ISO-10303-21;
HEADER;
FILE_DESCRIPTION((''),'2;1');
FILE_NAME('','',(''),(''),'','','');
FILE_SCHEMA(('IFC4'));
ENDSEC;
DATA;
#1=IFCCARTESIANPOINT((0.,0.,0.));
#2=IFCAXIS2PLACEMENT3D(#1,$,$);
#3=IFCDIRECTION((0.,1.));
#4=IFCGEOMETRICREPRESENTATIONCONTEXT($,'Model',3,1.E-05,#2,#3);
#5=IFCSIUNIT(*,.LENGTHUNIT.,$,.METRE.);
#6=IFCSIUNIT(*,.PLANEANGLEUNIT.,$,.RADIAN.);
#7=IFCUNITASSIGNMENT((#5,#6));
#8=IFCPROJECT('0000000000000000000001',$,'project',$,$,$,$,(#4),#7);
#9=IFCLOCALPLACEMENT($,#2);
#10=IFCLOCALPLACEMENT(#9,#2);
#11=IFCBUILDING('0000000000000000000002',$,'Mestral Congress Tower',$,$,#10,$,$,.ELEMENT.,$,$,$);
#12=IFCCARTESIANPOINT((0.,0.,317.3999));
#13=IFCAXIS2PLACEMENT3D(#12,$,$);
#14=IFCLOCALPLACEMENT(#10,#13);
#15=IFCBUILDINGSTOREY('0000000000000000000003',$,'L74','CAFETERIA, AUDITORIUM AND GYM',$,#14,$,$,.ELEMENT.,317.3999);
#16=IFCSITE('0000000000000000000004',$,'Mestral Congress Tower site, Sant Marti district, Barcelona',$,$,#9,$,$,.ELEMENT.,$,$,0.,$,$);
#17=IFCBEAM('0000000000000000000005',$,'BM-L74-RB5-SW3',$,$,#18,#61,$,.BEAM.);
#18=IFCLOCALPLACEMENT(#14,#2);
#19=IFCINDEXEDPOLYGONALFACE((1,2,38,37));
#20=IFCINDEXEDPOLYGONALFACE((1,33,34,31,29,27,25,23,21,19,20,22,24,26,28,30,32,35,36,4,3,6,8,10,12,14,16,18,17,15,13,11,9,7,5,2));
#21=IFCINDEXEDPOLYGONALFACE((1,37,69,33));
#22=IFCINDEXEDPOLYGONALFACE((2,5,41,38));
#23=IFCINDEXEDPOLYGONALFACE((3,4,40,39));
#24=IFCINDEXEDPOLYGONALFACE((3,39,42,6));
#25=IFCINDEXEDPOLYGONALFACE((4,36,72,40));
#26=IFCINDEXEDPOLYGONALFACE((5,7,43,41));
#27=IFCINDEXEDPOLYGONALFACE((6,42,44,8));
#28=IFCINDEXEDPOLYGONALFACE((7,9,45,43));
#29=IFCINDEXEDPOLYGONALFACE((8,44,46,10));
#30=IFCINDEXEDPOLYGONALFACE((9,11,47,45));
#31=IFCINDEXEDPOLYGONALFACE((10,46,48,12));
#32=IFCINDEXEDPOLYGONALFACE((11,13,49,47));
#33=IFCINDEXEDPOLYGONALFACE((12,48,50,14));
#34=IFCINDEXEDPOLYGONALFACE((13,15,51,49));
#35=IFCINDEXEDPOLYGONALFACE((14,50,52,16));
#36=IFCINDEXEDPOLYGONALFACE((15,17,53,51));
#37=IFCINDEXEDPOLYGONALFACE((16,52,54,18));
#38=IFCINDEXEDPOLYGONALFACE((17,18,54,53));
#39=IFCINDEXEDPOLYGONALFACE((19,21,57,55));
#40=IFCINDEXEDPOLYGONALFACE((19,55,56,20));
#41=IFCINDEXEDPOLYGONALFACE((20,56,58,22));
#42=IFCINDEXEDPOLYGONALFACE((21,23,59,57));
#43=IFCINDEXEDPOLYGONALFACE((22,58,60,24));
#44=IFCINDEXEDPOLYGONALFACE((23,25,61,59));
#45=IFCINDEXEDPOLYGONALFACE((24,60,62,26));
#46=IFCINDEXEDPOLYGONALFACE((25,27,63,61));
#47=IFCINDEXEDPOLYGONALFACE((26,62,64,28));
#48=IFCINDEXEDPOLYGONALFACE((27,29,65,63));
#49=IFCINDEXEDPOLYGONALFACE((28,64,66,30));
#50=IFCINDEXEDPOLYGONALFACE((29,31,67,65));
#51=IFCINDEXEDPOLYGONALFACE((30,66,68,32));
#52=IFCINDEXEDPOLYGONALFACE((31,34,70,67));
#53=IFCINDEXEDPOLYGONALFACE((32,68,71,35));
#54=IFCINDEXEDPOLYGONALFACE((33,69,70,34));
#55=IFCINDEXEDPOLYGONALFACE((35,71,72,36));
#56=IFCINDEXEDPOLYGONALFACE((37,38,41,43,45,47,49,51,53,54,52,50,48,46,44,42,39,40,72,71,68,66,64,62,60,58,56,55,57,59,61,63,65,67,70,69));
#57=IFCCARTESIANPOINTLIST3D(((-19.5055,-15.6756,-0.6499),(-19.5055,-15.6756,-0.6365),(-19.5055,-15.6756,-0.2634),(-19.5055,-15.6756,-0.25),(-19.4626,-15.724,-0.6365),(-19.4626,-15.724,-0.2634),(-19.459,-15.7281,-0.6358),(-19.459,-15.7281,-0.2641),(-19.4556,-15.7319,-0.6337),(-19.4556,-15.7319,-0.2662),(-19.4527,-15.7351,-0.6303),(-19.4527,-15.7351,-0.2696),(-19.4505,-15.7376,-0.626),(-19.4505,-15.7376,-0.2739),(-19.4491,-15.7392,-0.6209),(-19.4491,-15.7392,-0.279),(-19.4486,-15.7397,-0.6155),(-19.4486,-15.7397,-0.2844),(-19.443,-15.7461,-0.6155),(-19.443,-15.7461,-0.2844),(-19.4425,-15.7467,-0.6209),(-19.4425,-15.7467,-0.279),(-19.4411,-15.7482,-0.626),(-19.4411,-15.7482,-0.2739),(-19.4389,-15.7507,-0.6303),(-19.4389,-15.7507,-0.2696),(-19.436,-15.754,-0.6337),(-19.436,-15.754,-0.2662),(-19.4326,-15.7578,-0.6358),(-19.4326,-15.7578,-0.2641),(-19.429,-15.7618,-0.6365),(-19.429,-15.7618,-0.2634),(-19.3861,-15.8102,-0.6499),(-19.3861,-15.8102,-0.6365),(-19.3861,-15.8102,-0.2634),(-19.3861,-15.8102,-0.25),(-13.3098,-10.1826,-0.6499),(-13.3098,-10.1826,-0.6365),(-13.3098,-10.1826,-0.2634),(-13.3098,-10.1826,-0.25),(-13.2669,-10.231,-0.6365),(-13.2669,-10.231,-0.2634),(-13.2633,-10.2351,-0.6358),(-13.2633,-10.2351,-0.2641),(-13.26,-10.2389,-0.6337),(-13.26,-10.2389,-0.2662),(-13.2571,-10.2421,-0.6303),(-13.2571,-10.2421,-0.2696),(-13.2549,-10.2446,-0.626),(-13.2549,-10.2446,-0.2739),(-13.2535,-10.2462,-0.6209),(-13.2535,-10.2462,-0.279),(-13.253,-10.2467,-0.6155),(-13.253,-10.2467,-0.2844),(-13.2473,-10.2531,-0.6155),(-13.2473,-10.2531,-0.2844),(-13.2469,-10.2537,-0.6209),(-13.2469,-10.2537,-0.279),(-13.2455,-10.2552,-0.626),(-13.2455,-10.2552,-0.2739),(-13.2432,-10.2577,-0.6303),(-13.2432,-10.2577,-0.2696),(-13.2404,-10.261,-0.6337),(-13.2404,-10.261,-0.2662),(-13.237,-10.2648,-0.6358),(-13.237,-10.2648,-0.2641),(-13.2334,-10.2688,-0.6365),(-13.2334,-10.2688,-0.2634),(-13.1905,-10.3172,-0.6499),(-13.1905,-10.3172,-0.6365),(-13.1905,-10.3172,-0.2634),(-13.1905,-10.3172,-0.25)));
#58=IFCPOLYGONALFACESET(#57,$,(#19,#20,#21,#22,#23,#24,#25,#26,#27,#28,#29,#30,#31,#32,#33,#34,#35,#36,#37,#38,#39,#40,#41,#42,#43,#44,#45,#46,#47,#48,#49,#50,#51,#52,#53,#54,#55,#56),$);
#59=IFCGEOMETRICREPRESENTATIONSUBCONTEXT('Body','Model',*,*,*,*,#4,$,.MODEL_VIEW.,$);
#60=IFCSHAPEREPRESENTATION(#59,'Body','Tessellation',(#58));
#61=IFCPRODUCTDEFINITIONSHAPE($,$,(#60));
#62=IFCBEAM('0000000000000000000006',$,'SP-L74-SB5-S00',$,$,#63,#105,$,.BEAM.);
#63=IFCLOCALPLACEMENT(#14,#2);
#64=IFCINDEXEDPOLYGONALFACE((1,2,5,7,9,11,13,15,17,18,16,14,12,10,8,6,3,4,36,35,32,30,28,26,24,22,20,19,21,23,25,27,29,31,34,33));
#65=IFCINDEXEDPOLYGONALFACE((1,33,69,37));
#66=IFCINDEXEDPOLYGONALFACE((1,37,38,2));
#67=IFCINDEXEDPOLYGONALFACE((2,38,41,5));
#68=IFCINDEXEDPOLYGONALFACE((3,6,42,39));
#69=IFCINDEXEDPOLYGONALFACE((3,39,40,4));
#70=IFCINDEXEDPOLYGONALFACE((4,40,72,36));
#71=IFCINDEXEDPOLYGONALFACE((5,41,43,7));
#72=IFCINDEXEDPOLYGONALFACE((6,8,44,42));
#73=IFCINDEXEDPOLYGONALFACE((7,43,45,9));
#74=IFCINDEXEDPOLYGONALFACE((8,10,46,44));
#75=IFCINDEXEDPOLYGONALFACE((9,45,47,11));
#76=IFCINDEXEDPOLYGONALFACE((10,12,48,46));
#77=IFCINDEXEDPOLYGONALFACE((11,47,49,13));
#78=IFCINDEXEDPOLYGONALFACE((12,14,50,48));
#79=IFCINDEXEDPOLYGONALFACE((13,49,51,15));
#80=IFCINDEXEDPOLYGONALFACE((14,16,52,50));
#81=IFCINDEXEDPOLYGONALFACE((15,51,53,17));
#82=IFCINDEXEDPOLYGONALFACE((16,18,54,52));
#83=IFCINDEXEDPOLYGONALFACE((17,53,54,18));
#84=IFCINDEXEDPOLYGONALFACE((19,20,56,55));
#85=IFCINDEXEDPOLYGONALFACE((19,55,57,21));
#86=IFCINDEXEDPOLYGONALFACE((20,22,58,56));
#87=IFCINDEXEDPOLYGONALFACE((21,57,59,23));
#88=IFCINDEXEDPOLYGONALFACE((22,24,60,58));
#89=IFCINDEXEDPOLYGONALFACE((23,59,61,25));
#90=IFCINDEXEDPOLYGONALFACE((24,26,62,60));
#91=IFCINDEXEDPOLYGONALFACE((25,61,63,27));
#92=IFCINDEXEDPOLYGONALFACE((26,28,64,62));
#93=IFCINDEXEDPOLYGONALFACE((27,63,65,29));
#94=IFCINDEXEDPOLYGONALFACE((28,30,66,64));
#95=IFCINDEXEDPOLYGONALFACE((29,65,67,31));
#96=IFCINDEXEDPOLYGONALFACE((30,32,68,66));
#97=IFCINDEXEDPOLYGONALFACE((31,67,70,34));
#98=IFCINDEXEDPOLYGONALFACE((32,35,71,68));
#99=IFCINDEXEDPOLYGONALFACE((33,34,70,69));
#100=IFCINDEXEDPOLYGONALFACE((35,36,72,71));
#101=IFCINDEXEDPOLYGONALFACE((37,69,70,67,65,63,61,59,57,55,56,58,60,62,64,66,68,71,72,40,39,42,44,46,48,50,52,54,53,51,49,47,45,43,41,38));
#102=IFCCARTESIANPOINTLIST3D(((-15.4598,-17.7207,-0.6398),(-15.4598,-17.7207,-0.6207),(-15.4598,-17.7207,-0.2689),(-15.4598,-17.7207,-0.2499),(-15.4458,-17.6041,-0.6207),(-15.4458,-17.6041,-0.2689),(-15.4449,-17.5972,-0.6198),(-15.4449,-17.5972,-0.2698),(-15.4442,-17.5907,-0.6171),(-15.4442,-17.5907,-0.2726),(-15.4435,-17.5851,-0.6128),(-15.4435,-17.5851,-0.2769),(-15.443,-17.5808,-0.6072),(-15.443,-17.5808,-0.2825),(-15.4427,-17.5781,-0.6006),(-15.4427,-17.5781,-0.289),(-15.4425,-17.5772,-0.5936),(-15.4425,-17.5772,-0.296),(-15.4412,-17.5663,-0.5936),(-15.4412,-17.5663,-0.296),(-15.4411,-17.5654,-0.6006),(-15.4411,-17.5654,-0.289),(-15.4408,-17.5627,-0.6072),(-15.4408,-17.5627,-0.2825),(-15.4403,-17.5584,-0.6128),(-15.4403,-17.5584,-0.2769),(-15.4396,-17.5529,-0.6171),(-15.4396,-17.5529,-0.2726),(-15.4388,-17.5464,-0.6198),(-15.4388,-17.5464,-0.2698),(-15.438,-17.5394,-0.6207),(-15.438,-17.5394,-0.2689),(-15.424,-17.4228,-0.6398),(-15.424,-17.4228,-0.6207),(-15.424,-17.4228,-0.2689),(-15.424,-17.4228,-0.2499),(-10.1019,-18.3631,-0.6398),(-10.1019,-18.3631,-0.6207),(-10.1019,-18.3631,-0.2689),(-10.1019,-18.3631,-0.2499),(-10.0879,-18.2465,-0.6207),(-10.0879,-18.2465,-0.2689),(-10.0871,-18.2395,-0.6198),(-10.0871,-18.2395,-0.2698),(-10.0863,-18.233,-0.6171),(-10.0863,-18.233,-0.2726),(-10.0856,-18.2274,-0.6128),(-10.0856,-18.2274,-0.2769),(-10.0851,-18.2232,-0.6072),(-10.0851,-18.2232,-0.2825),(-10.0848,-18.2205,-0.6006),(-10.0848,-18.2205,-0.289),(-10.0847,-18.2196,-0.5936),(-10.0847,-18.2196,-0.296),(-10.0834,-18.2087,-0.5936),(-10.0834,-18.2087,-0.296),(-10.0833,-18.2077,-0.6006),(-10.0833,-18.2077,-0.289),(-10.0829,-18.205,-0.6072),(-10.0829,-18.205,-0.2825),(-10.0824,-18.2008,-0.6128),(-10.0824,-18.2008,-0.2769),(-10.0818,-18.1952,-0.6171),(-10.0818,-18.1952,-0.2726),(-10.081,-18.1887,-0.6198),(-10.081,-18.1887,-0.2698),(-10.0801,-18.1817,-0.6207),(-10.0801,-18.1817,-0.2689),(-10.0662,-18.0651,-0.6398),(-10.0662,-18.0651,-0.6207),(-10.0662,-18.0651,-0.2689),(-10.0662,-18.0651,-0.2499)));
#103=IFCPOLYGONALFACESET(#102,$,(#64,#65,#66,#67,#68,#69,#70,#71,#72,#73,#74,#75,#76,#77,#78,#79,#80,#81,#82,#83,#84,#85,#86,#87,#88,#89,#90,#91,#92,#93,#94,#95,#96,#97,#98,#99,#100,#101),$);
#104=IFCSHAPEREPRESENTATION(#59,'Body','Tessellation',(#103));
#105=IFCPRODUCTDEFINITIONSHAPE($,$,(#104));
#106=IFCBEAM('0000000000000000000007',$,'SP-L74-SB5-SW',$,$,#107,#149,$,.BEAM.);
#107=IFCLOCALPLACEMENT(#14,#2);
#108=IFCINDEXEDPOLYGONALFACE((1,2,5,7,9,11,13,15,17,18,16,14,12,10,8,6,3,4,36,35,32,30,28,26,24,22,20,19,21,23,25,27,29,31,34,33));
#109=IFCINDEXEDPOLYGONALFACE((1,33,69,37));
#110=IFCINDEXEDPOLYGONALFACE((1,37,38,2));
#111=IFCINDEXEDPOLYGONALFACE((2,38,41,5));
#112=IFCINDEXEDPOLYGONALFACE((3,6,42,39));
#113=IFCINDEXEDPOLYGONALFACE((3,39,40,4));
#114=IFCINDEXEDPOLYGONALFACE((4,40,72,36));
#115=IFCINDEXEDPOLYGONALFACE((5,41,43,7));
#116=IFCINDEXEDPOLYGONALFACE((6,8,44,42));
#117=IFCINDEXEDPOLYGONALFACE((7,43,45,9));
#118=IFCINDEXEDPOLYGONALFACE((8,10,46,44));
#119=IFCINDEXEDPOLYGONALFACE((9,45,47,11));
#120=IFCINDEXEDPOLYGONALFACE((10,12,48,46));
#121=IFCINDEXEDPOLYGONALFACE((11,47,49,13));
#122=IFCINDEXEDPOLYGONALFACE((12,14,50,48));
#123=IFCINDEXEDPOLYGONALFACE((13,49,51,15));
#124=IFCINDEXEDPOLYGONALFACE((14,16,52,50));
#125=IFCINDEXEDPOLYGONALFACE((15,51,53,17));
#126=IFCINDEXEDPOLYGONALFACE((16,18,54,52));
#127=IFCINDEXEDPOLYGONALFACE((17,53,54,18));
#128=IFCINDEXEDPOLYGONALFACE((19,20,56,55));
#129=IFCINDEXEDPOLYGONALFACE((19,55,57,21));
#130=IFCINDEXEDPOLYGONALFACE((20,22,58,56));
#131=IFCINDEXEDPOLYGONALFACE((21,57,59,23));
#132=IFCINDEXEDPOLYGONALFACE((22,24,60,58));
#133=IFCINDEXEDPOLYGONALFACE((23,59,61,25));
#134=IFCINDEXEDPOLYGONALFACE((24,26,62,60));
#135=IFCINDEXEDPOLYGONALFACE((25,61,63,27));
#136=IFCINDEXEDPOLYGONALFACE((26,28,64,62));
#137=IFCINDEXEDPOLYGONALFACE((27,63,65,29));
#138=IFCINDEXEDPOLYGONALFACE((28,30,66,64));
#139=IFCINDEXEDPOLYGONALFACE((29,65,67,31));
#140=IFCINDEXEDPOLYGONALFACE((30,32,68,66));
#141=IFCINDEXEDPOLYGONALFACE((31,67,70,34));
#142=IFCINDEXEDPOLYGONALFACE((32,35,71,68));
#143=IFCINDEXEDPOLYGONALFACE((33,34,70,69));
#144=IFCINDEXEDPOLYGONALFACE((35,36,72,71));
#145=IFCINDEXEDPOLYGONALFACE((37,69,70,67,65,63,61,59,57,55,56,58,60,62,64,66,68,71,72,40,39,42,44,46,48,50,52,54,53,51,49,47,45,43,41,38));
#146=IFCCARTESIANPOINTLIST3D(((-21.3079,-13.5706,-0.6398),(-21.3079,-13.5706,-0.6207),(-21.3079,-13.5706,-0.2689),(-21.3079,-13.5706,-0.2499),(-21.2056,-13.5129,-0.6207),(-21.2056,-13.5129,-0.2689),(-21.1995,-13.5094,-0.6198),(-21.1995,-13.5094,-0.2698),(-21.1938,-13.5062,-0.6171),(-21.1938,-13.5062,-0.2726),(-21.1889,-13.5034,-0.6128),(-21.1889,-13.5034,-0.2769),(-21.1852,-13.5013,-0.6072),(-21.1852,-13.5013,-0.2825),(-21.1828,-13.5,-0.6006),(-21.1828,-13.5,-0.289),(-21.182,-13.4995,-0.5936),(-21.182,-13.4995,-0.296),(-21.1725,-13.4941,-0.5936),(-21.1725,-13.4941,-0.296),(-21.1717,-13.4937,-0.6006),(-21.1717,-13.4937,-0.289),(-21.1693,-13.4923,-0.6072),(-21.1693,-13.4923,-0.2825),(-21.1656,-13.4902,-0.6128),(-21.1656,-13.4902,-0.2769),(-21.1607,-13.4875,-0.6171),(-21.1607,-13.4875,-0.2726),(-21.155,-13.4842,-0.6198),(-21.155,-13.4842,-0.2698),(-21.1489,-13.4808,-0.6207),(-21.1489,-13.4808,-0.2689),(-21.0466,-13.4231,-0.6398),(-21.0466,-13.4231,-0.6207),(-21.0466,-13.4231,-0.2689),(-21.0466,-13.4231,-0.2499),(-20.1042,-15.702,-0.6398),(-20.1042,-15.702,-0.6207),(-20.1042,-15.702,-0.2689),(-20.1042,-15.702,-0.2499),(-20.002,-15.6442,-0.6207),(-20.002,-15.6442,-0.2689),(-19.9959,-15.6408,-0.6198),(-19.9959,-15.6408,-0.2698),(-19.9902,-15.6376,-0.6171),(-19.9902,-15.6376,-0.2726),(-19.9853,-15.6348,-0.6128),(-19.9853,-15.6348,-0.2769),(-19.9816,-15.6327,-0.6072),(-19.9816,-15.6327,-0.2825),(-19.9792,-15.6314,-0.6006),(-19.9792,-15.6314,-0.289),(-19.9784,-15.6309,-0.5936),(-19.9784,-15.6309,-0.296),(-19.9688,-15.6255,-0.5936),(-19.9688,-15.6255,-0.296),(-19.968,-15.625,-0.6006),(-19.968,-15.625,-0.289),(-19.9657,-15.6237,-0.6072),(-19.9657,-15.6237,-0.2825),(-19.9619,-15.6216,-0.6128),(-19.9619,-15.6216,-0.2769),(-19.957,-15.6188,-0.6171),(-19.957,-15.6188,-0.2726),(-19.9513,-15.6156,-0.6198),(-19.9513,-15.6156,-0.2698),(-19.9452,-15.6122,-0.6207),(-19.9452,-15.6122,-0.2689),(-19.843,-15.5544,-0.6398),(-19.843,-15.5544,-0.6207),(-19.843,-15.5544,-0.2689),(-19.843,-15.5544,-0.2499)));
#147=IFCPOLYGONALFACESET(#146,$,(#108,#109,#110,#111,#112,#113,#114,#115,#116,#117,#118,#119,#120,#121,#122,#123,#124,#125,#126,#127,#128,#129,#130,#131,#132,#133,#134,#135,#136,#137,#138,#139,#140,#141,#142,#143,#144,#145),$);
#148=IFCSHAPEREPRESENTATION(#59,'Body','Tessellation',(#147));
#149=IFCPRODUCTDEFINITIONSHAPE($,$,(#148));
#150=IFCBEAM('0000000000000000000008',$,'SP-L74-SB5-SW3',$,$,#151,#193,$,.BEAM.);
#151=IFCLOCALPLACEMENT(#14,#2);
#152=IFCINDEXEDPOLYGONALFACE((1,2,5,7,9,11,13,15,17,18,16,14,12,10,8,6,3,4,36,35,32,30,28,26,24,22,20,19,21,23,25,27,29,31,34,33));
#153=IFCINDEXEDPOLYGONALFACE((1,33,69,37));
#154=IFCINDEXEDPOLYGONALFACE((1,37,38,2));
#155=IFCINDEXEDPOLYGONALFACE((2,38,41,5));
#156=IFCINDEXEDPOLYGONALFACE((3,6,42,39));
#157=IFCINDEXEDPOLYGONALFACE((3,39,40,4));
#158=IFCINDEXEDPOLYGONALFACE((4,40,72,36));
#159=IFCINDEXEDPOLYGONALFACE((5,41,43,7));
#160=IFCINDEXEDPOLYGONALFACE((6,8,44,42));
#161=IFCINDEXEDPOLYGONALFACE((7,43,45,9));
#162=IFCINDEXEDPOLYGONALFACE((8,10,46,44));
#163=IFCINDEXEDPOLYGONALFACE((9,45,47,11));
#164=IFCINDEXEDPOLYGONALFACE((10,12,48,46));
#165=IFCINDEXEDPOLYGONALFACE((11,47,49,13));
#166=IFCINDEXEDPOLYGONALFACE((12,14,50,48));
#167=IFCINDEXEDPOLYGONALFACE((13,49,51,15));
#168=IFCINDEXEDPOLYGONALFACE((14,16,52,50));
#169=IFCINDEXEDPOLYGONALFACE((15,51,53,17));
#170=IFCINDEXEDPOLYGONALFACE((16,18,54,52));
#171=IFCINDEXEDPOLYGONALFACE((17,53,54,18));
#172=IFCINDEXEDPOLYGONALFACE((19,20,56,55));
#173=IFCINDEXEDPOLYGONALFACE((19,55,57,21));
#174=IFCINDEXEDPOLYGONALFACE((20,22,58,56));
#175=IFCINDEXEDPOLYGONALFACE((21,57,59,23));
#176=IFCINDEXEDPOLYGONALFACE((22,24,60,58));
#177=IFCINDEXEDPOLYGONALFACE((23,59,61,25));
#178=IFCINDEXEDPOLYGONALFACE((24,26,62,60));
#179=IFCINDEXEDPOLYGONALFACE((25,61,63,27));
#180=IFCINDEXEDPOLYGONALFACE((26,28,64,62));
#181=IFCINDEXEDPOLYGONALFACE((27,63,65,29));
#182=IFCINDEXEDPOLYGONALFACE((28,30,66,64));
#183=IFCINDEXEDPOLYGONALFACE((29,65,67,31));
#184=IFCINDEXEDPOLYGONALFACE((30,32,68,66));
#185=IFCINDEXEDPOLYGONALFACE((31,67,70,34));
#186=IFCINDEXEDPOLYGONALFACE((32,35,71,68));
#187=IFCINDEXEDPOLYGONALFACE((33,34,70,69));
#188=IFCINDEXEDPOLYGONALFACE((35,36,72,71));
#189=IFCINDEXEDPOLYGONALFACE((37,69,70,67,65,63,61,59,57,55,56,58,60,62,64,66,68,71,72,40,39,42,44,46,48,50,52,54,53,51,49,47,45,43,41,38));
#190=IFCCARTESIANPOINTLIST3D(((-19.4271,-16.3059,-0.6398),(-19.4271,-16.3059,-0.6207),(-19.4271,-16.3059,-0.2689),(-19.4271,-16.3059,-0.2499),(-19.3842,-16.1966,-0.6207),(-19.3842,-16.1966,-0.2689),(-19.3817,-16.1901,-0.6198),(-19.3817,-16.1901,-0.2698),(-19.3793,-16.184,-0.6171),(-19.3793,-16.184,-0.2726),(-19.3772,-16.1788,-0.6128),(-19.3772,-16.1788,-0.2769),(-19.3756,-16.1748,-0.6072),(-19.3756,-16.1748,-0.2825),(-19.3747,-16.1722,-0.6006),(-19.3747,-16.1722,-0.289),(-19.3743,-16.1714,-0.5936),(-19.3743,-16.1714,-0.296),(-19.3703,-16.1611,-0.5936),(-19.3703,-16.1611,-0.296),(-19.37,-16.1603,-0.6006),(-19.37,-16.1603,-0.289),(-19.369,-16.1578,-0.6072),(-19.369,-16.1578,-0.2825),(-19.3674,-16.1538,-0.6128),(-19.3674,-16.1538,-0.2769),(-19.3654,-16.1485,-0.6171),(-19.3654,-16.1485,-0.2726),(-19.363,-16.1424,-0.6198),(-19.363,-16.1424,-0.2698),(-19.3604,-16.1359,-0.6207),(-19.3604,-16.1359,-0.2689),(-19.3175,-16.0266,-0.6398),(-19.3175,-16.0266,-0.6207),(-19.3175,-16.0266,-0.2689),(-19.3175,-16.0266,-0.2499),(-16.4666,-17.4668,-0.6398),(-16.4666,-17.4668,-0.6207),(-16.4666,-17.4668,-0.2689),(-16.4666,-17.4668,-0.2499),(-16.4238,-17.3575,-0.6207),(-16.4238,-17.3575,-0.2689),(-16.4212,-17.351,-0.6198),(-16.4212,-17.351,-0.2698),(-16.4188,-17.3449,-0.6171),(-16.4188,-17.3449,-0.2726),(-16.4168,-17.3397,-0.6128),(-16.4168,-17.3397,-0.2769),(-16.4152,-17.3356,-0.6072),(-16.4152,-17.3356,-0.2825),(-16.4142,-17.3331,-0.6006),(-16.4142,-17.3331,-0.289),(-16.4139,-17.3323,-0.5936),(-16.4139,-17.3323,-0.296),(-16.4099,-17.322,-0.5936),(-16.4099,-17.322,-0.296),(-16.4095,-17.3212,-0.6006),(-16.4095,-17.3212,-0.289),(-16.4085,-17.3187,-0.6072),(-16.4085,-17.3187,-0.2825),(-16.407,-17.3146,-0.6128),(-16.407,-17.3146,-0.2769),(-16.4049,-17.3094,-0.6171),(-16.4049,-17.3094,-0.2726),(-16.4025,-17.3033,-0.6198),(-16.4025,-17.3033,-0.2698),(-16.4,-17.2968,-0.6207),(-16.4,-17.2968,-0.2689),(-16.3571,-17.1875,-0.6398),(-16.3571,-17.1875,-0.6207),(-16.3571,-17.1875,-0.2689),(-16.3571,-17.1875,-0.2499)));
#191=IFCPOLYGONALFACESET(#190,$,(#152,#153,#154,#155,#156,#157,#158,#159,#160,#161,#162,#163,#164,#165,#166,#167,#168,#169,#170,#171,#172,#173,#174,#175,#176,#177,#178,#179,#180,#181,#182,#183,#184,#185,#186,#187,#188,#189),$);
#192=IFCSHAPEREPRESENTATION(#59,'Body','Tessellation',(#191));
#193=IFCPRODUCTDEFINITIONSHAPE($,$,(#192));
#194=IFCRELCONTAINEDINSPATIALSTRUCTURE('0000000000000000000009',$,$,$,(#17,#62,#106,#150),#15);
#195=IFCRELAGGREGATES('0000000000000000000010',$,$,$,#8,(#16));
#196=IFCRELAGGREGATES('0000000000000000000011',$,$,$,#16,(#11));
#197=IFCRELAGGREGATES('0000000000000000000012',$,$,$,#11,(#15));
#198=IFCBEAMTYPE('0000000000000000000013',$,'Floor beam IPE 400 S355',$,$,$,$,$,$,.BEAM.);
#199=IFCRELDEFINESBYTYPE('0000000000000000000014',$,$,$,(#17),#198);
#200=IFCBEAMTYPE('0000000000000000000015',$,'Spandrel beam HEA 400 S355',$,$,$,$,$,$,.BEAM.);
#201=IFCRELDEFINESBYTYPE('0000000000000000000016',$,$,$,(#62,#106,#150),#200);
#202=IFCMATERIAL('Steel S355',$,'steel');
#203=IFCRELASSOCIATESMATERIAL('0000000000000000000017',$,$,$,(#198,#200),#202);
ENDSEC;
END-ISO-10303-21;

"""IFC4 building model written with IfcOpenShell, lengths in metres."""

from ifc_helpers import new_model, si_unit, direction, frame, origin, origin_2d, place, context, subcontext, project, spatial, i_section, extrude, material, material_profile, profile_set, type_object, element, save


model = new_model("IFC4")

# Units and contexts
model_context = context("Model", 3, precision=1e-05, world=origin(), true_north=direction((0.0, 1.0)))
body_context = subcontext(model_context, "Body", "Model", "MODEL_VIEW")
ifc_project = project(units=[si_unit("LENGTHUNIT", "METRE"), si_unit("PLANEANGLEUNIT", "RADIAN")], contexts=[model_context])

# Site, building, storey
site_placement = place(None, origin())
site = spatial("IfcSite", under=ifc_project, at=site_placement, Name="Mestral Congress Tower site, Sant Marti district, Barcelona", CompositionType="ELEMENT", RefElevation=0.0)
building_placement = place(site_placement, origin())
building = spatial("IfcBuilding", under=site, at=building_placement, Name="Mestral Congress Tower", CompositionType="ELEMENT")
storey_placement = place(building_placement, frame((0.0, 0.0, 317.3999)))
storey = spatial("IfcBuildingStorey", under=building, at=storey_placement, Name="L74", Description="CAFETERIA, AUDITORIUM AND GYM", CompositionType="ELEMENT", Elevation=317.3999)

# Beams
ifc_material_1 = material(Name="Steel S355", Category="steel")
ifc_material_profile_1 = material_profile(ifc_material_1, i_section(OverallWidth=0.1799, OverallDepth=0.3999, WebThickness=0.0085, FlangeThickness=0.0134, FilletRadius=0.021, at=origin_2d()), Name="IPE 400")
ifc_profile_set_1 = profile_set([ifc_material_profile_1], Name="Steel S355")
beam_type_1 = type_object("IfcBeamType", Name="Floor beam IPE 400 S355", PredefinedType="BEAM", material=ifc_profile_set_1)
beam_1_placement = place(storey_placement, frame((-19.4458, -15.7429, -0.45), z_axis=(0.748263, 0.663402, 0.0), x_axis=(-0.663402, 0.748263, 0.0)))
element("IfcBeam", 1, at=beam_1_placement, inside=storey, type_object=beam_type_1, Name="BM-L74-RB5-SW3", PredefinedType="BEAM", context=body_context, shape_type="SweptSolid", body=[
    extrude(i_section(OverallWidth=0.1799, OverallDepth=0.3999, WebThickness=0.0085, FlangeThickness=0.0134, FilletRadius=0.021, at=origin_2d()), origin(), (0.0, 0.0, 1.0), 8.28),
])
ifc_material_profile_2 = material_profile(ifc_material_1, i_section(OverallWidth=0.3, OverallDepth=0.3899, WebThickness=0.011, FlangeThickness=0.019, FilletRadius=0.0271, at=origin_2d()), Name="HEA 400")
ifc_profile_set_2 = profile_set([ifc_material_profile_2], Name="Steel S355")
beam_type_2 = type_object("IfcBeamType", Name="Spandrel beam HEA 400 S355", PredefinedType="BEAM", material=ifc_profile_set_2)
beam_2_placement = place(storey_placement, frame((-15.4419, -17.5718, -0.4448), z_axis=(0.99289, -0.119033, 0.0), x_axis=(0.119033, 0.99289, 0.0)))
element("IfcBeam", 2, at=beam_2_placement, inside=storey, type_object=beam_type_2, Name="SP-L74-SB5-S00", PredefinedType="BEAM", context=body_context, shape_type="SweptSolid", body=[
    extrude(i_section(OverallWidth=0.3, OverallDepth=0.3899, WebThickness=0.011, FlangeThickness=0.019, FilletRadius=0.0271, at=origin_2d()), origin(), (0.0, 0.0, 1.0), 5.3962),
])
beam_3_placement = place(storey_placement, frame((-21.1772, -13.4968, -0.4448), z_axis=(0.491729, -0.870749, 0.0), x_axis=(0.870749, 0.491729, 0.0)))
element("IfcBeam", 3, at=beam_3_placement, inside=storey, type_object=beam_type_2, Name="SP-L74-SB5-SW", PredefinedType="BEAM", context=body_context, shape_type="SweptSolid", body=[
    extrude(i_section(OverallWidth=0.3, OverallDepth=0.3899, WebThickness=0.011, FlangeThickness=0.019, FilletRadius=0.0271, at=origin_2d()), origin(), (0.0, 0.0, 1.0), 2.4478),
])
beam_4_placement = place(storey_placement, frame((-19.3723, -16.1663, -0.4448), z_axis=(0.930981, -0.365068, 0.0), x_axis=(0.365068, 0.930981, 0.0)))
element("IfcBeam", 4, at=beam_4_placement, inside=storey, type_object=beam_type_2, Name="SP-L74-SB5-SW3", PredefinedType="BEAM", context=body_context, shape_type="SweptSolid", body=[
    extrude(i_section(OverallWidth=0.3, OverallDepth=0.3899, WebThickness=0.011, FlangeThickness=0.019, FilletRadius=0.0271, at=origin_2d()), origin(), (0.0, 0.0, 1.0), 3.1799),
])

save(model, "model.ifc")
